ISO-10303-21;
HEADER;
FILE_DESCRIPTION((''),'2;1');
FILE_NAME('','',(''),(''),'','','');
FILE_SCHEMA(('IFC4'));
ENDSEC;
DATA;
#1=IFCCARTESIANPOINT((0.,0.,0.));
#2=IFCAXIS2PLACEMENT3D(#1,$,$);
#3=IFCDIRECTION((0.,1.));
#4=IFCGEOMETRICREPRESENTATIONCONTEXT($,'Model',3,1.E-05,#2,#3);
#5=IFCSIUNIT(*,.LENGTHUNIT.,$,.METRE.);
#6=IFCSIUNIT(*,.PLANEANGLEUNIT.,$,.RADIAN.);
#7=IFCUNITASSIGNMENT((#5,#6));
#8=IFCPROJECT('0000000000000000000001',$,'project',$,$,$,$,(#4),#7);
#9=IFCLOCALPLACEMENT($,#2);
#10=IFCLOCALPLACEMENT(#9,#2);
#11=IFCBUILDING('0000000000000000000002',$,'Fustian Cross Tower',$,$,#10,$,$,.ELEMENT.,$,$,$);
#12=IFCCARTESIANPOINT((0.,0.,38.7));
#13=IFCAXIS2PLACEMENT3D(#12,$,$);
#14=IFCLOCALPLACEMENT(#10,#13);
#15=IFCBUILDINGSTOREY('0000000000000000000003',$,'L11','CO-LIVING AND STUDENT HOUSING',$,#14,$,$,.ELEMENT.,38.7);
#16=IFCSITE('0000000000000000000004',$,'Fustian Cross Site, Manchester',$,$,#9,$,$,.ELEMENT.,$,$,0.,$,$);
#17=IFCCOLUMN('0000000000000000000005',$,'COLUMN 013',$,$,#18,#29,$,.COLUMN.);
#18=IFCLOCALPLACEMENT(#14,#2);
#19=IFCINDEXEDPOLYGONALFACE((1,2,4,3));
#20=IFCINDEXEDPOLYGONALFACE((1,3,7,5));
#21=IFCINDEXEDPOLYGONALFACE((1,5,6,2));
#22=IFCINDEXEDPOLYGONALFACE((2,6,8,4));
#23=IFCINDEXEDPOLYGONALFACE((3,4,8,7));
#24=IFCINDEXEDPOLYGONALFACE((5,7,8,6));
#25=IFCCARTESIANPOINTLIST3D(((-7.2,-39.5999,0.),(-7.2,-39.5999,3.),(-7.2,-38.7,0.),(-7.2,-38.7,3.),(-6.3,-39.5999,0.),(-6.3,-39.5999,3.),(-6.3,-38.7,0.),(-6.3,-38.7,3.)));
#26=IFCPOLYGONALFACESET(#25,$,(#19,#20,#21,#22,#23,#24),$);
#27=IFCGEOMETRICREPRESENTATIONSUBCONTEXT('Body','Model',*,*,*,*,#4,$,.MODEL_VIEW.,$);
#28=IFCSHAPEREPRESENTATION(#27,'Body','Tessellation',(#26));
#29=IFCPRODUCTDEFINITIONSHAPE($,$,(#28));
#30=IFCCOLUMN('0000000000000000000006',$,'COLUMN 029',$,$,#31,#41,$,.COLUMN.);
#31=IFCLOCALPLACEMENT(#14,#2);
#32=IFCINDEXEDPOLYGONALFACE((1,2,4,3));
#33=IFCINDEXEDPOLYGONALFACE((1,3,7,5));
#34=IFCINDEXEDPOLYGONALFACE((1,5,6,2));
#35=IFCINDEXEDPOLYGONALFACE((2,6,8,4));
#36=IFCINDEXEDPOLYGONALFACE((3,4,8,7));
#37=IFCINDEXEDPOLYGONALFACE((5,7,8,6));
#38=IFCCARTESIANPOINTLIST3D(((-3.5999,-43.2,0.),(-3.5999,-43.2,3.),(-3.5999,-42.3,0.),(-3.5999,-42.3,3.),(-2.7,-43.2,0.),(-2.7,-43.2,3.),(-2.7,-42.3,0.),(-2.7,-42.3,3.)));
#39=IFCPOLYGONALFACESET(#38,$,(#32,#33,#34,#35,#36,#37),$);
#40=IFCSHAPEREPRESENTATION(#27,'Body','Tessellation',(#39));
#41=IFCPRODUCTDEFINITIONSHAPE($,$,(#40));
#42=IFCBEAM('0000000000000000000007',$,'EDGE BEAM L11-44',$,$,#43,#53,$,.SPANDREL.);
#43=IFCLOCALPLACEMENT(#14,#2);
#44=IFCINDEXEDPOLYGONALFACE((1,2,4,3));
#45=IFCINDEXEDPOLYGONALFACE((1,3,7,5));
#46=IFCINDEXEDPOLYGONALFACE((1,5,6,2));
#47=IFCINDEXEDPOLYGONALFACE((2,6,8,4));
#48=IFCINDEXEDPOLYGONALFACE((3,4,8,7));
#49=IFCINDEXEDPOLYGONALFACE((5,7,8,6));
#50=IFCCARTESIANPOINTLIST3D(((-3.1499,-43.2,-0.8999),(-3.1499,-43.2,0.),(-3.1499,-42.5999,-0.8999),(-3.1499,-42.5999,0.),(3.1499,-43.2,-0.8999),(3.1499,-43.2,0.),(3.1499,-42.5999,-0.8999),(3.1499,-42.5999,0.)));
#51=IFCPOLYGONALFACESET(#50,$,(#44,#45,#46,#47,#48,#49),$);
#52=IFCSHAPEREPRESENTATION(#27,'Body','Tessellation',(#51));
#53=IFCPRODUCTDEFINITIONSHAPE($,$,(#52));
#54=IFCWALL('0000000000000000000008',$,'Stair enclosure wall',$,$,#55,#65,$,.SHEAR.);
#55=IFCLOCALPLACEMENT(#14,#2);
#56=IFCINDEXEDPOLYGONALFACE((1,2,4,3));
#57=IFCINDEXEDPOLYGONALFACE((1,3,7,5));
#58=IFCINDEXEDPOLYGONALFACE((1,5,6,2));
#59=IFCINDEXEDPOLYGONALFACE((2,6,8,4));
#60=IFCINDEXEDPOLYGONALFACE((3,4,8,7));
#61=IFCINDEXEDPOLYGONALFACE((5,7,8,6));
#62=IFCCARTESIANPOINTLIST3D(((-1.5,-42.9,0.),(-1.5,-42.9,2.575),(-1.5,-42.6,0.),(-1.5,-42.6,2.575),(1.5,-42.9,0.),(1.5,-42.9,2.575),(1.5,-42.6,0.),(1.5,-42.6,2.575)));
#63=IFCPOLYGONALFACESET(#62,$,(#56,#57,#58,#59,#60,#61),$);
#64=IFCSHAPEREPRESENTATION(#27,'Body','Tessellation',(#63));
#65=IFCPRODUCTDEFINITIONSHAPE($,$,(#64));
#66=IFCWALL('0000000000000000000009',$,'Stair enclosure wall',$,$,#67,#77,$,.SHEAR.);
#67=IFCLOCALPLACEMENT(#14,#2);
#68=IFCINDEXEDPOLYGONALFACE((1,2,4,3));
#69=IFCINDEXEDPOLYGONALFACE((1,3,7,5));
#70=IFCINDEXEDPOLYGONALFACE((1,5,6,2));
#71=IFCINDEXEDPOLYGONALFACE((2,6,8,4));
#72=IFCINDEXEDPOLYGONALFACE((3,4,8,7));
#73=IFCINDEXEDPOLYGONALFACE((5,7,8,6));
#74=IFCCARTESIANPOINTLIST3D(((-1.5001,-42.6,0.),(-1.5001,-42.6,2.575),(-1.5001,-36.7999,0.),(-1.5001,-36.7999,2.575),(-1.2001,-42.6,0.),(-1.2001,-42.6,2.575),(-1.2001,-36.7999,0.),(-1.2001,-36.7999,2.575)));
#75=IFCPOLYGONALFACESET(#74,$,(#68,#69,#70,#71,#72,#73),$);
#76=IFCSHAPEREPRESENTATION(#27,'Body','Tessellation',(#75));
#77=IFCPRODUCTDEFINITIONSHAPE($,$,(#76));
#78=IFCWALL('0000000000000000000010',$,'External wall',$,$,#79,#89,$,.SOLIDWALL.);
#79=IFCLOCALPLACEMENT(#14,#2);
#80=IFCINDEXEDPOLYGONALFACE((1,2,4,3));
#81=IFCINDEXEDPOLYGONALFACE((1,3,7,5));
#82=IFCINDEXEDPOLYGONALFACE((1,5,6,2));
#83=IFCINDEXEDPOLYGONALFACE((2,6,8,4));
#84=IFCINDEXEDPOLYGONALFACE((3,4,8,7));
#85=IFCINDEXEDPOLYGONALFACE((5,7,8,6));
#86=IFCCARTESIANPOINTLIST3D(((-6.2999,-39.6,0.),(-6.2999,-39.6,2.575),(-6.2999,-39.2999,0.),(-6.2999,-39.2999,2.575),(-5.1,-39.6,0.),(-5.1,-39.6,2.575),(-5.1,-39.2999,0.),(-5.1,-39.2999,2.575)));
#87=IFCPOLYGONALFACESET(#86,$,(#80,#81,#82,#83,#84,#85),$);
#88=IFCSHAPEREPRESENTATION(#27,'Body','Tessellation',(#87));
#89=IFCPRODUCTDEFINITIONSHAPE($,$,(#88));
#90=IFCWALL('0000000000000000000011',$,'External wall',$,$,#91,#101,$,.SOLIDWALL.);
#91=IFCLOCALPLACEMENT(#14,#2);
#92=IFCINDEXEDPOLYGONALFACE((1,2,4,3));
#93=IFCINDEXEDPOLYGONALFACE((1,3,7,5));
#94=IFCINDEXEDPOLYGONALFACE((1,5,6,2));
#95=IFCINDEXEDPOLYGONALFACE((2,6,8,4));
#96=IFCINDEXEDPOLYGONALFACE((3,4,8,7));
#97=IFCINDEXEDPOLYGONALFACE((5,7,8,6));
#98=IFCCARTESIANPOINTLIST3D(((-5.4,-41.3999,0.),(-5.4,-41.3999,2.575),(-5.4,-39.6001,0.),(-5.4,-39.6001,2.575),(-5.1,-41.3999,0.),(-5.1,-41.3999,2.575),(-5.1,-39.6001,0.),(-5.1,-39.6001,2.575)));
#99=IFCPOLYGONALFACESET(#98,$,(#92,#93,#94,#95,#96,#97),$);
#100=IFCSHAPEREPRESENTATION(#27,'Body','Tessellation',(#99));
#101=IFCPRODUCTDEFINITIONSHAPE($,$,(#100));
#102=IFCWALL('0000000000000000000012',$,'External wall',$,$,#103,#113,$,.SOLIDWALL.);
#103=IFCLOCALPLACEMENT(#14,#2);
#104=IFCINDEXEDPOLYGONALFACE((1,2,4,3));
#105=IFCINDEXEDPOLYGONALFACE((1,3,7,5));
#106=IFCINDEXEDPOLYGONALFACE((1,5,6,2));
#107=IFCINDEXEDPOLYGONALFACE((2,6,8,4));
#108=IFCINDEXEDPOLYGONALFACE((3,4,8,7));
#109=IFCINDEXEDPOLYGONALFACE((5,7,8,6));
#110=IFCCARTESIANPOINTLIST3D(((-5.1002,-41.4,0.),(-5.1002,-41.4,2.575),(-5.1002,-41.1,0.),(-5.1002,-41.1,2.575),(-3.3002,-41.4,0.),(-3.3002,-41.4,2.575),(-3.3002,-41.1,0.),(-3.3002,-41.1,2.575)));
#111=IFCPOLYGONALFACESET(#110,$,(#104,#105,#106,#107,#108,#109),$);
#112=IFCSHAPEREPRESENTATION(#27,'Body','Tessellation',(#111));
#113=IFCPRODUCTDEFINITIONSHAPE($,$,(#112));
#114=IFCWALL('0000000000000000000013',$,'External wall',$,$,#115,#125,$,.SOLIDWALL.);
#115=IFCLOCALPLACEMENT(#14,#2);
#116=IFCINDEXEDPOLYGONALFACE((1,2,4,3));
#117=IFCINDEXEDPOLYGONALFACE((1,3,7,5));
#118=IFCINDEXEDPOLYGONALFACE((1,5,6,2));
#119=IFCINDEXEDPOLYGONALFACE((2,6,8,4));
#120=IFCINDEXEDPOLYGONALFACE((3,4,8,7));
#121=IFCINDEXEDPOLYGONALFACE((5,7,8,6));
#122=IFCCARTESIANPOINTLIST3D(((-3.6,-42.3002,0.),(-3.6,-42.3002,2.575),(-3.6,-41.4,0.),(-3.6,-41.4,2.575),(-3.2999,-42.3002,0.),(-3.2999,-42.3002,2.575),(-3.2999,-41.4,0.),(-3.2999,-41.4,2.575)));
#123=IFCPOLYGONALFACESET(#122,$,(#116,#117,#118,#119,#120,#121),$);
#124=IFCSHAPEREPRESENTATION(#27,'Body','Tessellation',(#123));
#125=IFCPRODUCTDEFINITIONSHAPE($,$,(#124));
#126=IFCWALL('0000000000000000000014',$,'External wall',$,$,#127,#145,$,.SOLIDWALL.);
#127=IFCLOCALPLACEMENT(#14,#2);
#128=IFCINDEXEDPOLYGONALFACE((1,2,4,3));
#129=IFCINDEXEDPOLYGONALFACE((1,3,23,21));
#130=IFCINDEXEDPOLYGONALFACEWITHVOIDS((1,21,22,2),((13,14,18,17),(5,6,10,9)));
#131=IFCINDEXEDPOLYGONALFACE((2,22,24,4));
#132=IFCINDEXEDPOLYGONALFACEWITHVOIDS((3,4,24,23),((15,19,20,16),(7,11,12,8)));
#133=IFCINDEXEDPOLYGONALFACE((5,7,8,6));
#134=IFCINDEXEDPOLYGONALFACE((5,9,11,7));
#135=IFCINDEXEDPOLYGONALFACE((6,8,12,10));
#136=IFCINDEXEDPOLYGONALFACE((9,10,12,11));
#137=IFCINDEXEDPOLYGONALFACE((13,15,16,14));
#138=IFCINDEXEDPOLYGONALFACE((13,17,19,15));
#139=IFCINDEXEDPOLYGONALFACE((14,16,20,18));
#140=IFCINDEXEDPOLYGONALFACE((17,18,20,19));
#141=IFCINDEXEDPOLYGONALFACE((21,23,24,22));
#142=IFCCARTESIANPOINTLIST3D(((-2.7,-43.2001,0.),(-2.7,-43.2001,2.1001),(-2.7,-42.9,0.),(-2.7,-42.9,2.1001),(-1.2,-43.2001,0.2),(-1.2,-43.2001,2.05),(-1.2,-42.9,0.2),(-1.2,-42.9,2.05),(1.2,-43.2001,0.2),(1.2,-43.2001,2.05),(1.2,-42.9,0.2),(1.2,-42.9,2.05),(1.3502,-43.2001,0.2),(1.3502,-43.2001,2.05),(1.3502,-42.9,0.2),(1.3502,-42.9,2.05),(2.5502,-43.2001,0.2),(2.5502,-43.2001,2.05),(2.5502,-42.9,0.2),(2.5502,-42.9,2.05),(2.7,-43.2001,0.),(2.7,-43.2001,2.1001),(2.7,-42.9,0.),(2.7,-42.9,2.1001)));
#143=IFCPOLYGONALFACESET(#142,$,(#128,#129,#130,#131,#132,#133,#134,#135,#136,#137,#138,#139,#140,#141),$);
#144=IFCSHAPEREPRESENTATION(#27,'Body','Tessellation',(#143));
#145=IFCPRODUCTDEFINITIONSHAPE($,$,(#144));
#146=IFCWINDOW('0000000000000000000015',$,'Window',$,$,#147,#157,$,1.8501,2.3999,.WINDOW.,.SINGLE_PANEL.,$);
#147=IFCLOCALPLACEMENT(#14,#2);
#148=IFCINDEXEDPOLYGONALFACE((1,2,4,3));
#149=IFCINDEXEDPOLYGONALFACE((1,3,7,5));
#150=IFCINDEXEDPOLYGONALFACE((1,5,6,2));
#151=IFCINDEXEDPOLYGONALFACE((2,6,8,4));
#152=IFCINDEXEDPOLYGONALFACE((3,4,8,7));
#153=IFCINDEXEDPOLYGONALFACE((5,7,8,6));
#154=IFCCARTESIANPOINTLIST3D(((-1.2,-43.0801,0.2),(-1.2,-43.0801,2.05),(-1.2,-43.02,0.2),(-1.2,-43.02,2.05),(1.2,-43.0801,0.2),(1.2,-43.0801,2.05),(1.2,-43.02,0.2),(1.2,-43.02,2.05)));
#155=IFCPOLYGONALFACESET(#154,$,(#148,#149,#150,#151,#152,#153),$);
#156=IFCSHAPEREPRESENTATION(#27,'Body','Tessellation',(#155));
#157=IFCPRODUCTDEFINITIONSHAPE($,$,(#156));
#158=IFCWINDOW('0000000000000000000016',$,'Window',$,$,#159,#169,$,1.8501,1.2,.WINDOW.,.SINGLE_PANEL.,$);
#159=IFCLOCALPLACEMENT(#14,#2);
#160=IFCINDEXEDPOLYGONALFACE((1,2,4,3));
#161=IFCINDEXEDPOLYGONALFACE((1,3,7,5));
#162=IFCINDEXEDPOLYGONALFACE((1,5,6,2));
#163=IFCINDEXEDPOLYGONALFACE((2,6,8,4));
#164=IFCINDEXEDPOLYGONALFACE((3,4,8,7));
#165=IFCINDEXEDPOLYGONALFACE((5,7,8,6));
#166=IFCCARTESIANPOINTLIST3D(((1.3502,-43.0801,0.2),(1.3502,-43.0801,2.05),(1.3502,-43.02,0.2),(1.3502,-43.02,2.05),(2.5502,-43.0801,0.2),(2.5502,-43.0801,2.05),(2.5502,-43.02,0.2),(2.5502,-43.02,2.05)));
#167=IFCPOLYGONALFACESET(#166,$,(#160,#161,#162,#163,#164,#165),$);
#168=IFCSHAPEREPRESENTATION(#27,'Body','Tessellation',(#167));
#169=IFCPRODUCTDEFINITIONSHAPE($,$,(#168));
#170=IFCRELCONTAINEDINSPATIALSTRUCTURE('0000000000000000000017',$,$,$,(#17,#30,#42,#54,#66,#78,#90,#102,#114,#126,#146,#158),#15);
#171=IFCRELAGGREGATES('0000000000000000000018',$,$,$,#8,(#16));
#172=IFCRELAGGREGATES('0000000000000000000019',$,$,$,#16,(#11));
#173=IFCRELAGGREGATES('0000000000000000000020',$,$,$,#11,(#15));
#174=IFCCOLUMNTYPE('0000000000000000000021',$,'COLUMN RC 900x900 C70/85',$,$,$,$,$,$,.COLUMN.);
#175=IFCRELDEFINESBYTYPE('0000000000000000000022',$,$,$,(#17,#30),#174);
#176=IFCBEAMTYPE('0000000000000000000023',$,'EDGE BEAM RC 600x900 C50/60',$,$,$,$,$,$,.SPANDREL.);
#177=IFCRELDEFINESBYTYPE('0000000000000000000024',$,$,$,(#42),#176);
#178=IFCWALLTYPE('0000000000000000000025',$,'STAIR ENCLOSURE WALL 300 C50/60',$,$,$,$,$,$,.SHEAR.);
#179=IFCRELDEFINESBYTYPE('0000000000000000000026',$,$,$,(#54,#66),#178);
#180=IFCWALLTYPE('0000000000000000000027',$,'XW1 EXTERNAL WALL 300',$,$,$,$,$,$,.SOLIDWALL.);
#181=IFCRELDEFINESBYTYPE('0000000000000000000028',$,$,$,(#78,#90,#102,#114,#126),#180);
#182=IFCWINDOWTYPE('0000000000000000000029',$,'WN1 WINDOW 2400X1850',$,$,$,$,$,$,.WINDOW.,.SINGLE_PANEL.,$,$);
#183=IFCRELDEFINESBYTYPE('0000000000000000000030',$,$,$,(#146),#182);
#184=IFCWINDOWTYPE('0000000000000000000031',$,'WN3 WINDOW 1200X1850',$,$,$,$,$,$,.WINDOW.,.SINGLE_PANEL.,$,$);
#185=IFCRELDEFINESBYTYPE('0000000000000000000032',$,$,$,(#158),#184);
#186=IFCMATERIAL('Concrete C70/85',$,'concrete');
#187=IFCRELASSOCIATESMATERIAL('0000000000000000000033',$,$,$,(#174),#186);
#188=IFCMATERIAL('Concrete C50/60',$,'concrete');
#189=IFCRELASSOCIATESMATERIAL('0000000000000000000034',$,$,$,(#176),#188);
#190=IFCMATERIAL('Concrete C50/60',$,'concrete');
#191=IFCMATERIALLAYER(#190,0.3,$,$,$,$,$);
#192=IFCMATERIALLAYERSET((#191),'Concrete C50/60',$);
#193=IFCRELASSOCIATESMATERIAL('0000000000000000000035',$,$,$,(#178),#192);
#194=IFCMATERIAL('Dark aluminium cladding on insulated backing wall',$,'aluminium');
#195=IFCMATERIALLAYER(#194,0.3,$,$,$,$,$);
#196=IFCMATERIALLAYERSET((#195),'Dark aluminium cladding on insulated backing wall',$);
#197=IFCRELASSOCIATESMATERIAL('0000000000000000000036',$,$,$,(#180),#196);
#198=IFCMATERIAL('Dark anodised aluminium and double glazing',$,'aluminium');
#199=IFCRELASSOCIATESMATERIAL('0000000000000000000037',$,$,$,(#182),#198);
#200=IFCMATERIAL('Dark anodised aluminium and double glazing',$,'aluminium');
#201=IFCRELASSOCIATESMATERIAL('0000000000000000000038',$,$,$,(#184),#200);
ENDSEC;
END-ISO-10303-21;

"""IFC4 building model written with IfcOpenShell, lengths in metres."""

from ifc_helpers import new_model, si_unit, direction, frame, frame_2d, origin, origin_2d, place, context, subcontext, project, spatial, rectangle, extrude, material, layer, layer_set, material_profile, profile_set, type_object, element, fill, save


model = new_model("IFC4")

# Units and contexts
model_context = context("Model", 3, precision=1e-05, world=origin(), true_north=direction((0.0, 1.0)))
body_context = subcontext(model_context, "Body", "Model", "MODEL_VIEW")
ifc_project = project(units=[si_unit("LENGTHUNIT", "METRE"), si_unit("PLANEANGLEUNIT", "RADIAN")], contexts=[model_context])

# Site, building, storey
site_placement = place(None, origin())
site = spatial("IfcSite", under=ifc_project, at=site_placement, Name="Fustian Cross Site, Manchester", CompositionType="ELEMENT", RefElevation=0.0)
building_placement = place(site_placement, origin())
building = spatial("IfcBuilding", under=site, at=building_placement, Name="Fustian Cross Tower", CompositionType="ELEMENT")
storey_placement = place(building_placement, frame((0.0, 0.0, 38.7)))
storey = spatial("IfcBuildingStorey", under=building, at=storey_placement, Name="L11", Description="CO-LIVING AND STUDENT HOUSING", CompositionType="ELEMENT", Elevation=38.7)

# Columns
ifc_material_1 = material(Name="Concrete C70/85", Category="concrete")
ifc_material_profile_1 = material_profile(ifc_material_1, rectangle(XDim=0.8999, YDim=0.8999, at=origin_2d()), Name="RC 900x900")
ifc_profile_set_1 = profile_set([ifc_material_profile_1], Name="Concrete C70/85")
column_type = type_object("IfcColumnType", Name="COLUMN RC 900x900 C70/85", PredefinedType="COLUMN", material=ifc_profile_set_1)
for number, where, z_axis, x_axis, name in (
    (1, (-6.75, -39.1499, 0.0), (0.0, 0.0, 1.0), (1.0, 0.0, 0.0), "COLUMN 013"),
    (2, (-3.1499, -42.75, 0.0), (0.0, 0.0, 1.0), (1.0, 0.0, 0.0), "COLUMN 029"),
):
    element("IfcColumn", number, at=place(storey_placement, frame(where, z_axis=z_axis, x_axis=x_axis)), inside=storey, type_object=column_type, Name=name, PredefinedType="COLUMN", context=body_context, shape_type="SweptSolid", body=[
        extrude(rectangle(XDim=0.8999, YDim=0.8999, at=origin_2d()), origin(), (0.0, 0.0, 1.0), 3.0),
    ])

# Beam
ifc_material_2 = material(Name="Concrete C50/60", Category="concrete")
ifc_material_profile_2 = material_profile(ifc_material_2, rectangle(XDim=0.6001, YDim=0.8999, at=origin_2d()), Name="RC 600x900")
ifc_profile_set_2 = profile_set([ifc_material_profile_2], Name="Concrete C50/60")
beam_type = type_object("IfcBeamType", Name="EDGE BEAM RC 600x900 C50/60", PredefinedType="SPANDREL", material=ifc_profile_set_2)
beam_placement = place(storey_placement, frame((-3.1499, -42.8999, -0.45), z_axis=(1.0, 0.0, 0.0), x_axis=(0.0, 1.0, 0.0)))
element("IfcBeam", 3, at=beam_placement, inside=storey, type_object=beam_type, Name="EDGE BEAM L11-44", PredefinedType="SPANDREL", context=body_context, shape_type="SweptSolid", body=[
    extrude(rectangle(XDim=0.6001, YDim=0.8999, at=origin_2d()), origin(), (0.0, 0.0, 1.0), 6.2998),
])

# Walls
ifc_material_3 = material(Name="Concrete C50/60", Category="concrete")
ifc_layer_1 = layer(ifc_material_3, 0.3)
ifc_layer_set_1 = layer_set([ifc_layer_1], Name="Concrete C50/60")
wall_type_1 = type_object("IfcWallType", Name="STAIR ENCLOSURE WALL 300 C50/60", PredefinedType="SHEAR", material=ifc_layer_set_1)
wall_1_placement = place(storey_placement, frame((-1.5, -42.75, 0.0), z_axis=(0.0, 0.0, 1.0), x_axis=(1.0, 0.0, 0.0)))
element("IfcWall", 4, at=wall_1_placement, inside=storey, type_object=wall_type_1, Name="Stair enclosure wall", PredefinedType="SHEAR", context=body_context, shape_type="SweptSolid", body=[
    extrude(rectangle(XDim=3.0, YDim=0.3, at=frame_2d((1.5, 0.0))), origin(), (0.0, 0.0, 1.0), 2.575),
])
wall_2_placement = place(storey_placement, frame((-1.3501, -36.8, 0.0), z_axis=(0.0, 0.0, 1.0), x_axis=(0.0, -1.0, 0.0)))
element("IfcWall", 5, at=wall_2_placement, inside=storey, type_object=wall_type_1, Name="Stair enclosure wall", PredefinedType="SHEAR", context=body_context, shape_type="SweptSolid", body=[
    extrude(rectangle(XDim=5.8, YDim=0.3, at=frame_2d((2.8999, 0.0))), origin(), (0.0, 0.0, 1.0), 2.575),
])
ifc_material_4 = material(Name="Dark aluminium cladding on insulated backing wall", Category="aluminium")
ifc_layer_2 = layer(ifc_material_4, 0.3)
ifc_layer_set_2 = layer_set([ifc_layer_2], Name="Dark aluminium cladding on insulated backing wall")
wall_type_2 = type_object("IfcWallType", Name="XW1 EXTERNAL WALL 300", PredefinedType="SOLIDWALL", material=ifc_layer_set_2)
wall_3_placement = place(storey_placement, frame((-6.3, -39.45, 0.0), z_axis=(0.0, 0.0, 1.0), x_axis=(1.0, 0.0, 0.0)))
element("IfcWall", 6, at=wall_3_placement, inside=storey, type_object=wall_type_2, Name="External wall", PredefinedType="SOLIDWALL", context=body_context, shape_type="SweptSolid", body=[
    extrude(rectangle(XDim=1.2, YDim=0.3, at=frame_2d((0.6001, 0.0))), origin(), (0.0, 0.0, 1.0), 2.575),
])
wall_4_placement = place(storey_placement, frame((-5.25, -39.6001, 0.0), z_axis=(0.0, 0.0, 1.0), x_axis=(0.0, -1.0, 0.0)))
element("IfcWall", 7, at=wall_4_placement, inside=storey, type_object=wall_type_2, Name="External wall", PredefinedType="SOLIDWALL", context=body_context, shape_type="SweptSolid", body=[
    extrude(rectangle(XDim=1.7998, YDim=0.3, at=frame_2d((0.8999, 0.0))), origin(), (0.0, 0.0, 1.0), 2.575),
])
wall_5_placement = place(storey_placement, frame((-5.1001, -41.25, 0.0), z_axis=(0.0, 0.0, 1.0), x_axis=(1.0, 0.0, 0.0)))
element("IfcWall", 8, at=wall_5_placement, inside=storey, type_object=wall_type_2, Name="External wall", PredefinedType="SOLIDWALL", context=body_context, shape_type="SweptSolid", body=[
    extrude(rectangle(XDim=1.8, YDim=0.3, at=frame_2d((0.8999, 0.0))), origin(), (0.0, 0.0, 1.0), 2.575),
])
wall_6_placement = place(storey_placement, frame((-3.45, -41.3999, 0.0), z_axis=(0.0, 0.0, 1.0), x_axis=(0.0, -1.0, 0.0)))
element("IfcWall", 9, at=wall_6_placement, inside=storey, type_object=wall_type_2, Name="External wall", PredefinedType="SOLIDWALL", context=body_context, shape_type="SweptSolid", body=[
    extrude(rectangle(XDim=0.9001, YDim=0.3, at=frame_2d((0.4502, 0.0))), origin(), (0.0, 0.0, 1.0), 2.575),
])

# Wall, openings, windows
wall_7_placement = place(storey_placement, frame((-2.7, -43.05, 0.0), z_axis=(0.0, 0.0, 1.0), x_axis=(1.0, 0.0, 0.0)))
wall_7 = element("IfcWall", 10, at=wall_7_placement, inside=storey, type_object=wall_type_2, Name="External wall", PredefinedType="SOLIDWALL", context=body_context, shape_type="SweptSolid", body=[
    extrude(rectangle(XDim=5.3999, YDim=0.3, at=frame_2d((2.7, 0.0))), origin(), (0.0, 0.0, 1.0), 2.1001),
])
opening_1_placement = place(wall_7_placement, frame((1.5, 0.0, 0.2)))
opening_1 = element("IfcOpeningElement", 11, at=opening_1_placement, cuts=wall_7, PredefinedType="OPENING", context=body_context, shape_type="SweptSolid", body=[
    extrude(rectangle(XDim=2.3999, YDim=1.8501, at=frame_2d((1.2, 0.925))), frame((0.0, 0.1599, 0.0), z_axis=(0.0, -1.0, 0.0), x_axis=(1.0, 0.0, 0.0)), (0.0, 0.0, 1.0), 0.3201),
])
opening_2_placement = place(wall_7_placement, frame((4.05, 0.0, 0.2)))
opening_2 = element("IfcOpeningElement", 12, at=opening_2_placement, cuts=wall_7, PredefinedType="OPENING", context=body_context, shape_type="SweptSolid", body=[
    extrude(rectangle(XDim=1.2, YDim=1.8501, at=frame_2d((0.6001, 0.925))), frame((0.0, 0.1599, 0.0), z_axis=(0.0, -1.0, 0.0), x_axis=(1.0, 0.0, 0.0)), (0.0, 0.0, 1.0), 0.3201),
])
ifc_material_5 = material(Name="Dark anodised aluminium and double glazing", Category="aluminium")
window_type_1 = type_object("IfcWindowType", Name="WN1 WINDOW 2400X1850", PartitioningType="SINGLE_PANEL", PredefinedType="WINDOW", material=ifc_material_5)
window_1_placement = place(opening_1_placement, origin())
window_1 = element("IfcWindow", 13, at=window_1_placement, inside=storey, type_object=window_type_1, Name="Window", OverallHeight=1.8501, OverallWidth=2.3999, PartitioningType="SINGLE_PANEL", PredefinedType="WINDOW", context=body_context, shape_type="SweptSolid", body=[
    extrude(rectangle(XDim=2.3999, YDim=1.8501, at=frame_2d((1.2, 0.925))), frame((0.0, 0.03, 0.0), z_axis=(0.0, -1.0, 0.0), x_axis=(1.0, 0.0, 0.0)), (0.0, 0.0, 1.0), 0.0601),
])
fill(opening_1, window_1)
ifc_material_6 = material(Name="Dark anodised aluminium and double glazing", Category="aluminium")
window_type_2 = type_object("IfcWindowType", Name="WN3 WINDOW 1200X1850", PartitioningType="SINGLE_PANEL", PredefinedType="WINDOW", material=ifc_material_6)
window_2_placement = place(opening_2_placement, origin())
window_2 = element("IfcWindow", 14, at=window_2_placement, inside=storey, type_object=window_type_2, Name="Window", OverallHeight=1.8501, OverallWidth=1.2, PartitioningType="SINGLE_PANEL", PredefinedType="WINDOW", context=body_context, shape_type="SweptSolid", body=[
    extrude(rectangle(XDim=1.2, YDim=1.8501, at=frame_2d((0.6001, 0.925))), frame((0.0, 0.03, 0.0), z_axis=(0.0, -1.0, 0.0), x_axis=(1.0, 0.0, 0.0)), (0.0, 0.0, 1.0), 0.0601),
])
fill(opening_2, window_2)

save(model, "model.ifc")
